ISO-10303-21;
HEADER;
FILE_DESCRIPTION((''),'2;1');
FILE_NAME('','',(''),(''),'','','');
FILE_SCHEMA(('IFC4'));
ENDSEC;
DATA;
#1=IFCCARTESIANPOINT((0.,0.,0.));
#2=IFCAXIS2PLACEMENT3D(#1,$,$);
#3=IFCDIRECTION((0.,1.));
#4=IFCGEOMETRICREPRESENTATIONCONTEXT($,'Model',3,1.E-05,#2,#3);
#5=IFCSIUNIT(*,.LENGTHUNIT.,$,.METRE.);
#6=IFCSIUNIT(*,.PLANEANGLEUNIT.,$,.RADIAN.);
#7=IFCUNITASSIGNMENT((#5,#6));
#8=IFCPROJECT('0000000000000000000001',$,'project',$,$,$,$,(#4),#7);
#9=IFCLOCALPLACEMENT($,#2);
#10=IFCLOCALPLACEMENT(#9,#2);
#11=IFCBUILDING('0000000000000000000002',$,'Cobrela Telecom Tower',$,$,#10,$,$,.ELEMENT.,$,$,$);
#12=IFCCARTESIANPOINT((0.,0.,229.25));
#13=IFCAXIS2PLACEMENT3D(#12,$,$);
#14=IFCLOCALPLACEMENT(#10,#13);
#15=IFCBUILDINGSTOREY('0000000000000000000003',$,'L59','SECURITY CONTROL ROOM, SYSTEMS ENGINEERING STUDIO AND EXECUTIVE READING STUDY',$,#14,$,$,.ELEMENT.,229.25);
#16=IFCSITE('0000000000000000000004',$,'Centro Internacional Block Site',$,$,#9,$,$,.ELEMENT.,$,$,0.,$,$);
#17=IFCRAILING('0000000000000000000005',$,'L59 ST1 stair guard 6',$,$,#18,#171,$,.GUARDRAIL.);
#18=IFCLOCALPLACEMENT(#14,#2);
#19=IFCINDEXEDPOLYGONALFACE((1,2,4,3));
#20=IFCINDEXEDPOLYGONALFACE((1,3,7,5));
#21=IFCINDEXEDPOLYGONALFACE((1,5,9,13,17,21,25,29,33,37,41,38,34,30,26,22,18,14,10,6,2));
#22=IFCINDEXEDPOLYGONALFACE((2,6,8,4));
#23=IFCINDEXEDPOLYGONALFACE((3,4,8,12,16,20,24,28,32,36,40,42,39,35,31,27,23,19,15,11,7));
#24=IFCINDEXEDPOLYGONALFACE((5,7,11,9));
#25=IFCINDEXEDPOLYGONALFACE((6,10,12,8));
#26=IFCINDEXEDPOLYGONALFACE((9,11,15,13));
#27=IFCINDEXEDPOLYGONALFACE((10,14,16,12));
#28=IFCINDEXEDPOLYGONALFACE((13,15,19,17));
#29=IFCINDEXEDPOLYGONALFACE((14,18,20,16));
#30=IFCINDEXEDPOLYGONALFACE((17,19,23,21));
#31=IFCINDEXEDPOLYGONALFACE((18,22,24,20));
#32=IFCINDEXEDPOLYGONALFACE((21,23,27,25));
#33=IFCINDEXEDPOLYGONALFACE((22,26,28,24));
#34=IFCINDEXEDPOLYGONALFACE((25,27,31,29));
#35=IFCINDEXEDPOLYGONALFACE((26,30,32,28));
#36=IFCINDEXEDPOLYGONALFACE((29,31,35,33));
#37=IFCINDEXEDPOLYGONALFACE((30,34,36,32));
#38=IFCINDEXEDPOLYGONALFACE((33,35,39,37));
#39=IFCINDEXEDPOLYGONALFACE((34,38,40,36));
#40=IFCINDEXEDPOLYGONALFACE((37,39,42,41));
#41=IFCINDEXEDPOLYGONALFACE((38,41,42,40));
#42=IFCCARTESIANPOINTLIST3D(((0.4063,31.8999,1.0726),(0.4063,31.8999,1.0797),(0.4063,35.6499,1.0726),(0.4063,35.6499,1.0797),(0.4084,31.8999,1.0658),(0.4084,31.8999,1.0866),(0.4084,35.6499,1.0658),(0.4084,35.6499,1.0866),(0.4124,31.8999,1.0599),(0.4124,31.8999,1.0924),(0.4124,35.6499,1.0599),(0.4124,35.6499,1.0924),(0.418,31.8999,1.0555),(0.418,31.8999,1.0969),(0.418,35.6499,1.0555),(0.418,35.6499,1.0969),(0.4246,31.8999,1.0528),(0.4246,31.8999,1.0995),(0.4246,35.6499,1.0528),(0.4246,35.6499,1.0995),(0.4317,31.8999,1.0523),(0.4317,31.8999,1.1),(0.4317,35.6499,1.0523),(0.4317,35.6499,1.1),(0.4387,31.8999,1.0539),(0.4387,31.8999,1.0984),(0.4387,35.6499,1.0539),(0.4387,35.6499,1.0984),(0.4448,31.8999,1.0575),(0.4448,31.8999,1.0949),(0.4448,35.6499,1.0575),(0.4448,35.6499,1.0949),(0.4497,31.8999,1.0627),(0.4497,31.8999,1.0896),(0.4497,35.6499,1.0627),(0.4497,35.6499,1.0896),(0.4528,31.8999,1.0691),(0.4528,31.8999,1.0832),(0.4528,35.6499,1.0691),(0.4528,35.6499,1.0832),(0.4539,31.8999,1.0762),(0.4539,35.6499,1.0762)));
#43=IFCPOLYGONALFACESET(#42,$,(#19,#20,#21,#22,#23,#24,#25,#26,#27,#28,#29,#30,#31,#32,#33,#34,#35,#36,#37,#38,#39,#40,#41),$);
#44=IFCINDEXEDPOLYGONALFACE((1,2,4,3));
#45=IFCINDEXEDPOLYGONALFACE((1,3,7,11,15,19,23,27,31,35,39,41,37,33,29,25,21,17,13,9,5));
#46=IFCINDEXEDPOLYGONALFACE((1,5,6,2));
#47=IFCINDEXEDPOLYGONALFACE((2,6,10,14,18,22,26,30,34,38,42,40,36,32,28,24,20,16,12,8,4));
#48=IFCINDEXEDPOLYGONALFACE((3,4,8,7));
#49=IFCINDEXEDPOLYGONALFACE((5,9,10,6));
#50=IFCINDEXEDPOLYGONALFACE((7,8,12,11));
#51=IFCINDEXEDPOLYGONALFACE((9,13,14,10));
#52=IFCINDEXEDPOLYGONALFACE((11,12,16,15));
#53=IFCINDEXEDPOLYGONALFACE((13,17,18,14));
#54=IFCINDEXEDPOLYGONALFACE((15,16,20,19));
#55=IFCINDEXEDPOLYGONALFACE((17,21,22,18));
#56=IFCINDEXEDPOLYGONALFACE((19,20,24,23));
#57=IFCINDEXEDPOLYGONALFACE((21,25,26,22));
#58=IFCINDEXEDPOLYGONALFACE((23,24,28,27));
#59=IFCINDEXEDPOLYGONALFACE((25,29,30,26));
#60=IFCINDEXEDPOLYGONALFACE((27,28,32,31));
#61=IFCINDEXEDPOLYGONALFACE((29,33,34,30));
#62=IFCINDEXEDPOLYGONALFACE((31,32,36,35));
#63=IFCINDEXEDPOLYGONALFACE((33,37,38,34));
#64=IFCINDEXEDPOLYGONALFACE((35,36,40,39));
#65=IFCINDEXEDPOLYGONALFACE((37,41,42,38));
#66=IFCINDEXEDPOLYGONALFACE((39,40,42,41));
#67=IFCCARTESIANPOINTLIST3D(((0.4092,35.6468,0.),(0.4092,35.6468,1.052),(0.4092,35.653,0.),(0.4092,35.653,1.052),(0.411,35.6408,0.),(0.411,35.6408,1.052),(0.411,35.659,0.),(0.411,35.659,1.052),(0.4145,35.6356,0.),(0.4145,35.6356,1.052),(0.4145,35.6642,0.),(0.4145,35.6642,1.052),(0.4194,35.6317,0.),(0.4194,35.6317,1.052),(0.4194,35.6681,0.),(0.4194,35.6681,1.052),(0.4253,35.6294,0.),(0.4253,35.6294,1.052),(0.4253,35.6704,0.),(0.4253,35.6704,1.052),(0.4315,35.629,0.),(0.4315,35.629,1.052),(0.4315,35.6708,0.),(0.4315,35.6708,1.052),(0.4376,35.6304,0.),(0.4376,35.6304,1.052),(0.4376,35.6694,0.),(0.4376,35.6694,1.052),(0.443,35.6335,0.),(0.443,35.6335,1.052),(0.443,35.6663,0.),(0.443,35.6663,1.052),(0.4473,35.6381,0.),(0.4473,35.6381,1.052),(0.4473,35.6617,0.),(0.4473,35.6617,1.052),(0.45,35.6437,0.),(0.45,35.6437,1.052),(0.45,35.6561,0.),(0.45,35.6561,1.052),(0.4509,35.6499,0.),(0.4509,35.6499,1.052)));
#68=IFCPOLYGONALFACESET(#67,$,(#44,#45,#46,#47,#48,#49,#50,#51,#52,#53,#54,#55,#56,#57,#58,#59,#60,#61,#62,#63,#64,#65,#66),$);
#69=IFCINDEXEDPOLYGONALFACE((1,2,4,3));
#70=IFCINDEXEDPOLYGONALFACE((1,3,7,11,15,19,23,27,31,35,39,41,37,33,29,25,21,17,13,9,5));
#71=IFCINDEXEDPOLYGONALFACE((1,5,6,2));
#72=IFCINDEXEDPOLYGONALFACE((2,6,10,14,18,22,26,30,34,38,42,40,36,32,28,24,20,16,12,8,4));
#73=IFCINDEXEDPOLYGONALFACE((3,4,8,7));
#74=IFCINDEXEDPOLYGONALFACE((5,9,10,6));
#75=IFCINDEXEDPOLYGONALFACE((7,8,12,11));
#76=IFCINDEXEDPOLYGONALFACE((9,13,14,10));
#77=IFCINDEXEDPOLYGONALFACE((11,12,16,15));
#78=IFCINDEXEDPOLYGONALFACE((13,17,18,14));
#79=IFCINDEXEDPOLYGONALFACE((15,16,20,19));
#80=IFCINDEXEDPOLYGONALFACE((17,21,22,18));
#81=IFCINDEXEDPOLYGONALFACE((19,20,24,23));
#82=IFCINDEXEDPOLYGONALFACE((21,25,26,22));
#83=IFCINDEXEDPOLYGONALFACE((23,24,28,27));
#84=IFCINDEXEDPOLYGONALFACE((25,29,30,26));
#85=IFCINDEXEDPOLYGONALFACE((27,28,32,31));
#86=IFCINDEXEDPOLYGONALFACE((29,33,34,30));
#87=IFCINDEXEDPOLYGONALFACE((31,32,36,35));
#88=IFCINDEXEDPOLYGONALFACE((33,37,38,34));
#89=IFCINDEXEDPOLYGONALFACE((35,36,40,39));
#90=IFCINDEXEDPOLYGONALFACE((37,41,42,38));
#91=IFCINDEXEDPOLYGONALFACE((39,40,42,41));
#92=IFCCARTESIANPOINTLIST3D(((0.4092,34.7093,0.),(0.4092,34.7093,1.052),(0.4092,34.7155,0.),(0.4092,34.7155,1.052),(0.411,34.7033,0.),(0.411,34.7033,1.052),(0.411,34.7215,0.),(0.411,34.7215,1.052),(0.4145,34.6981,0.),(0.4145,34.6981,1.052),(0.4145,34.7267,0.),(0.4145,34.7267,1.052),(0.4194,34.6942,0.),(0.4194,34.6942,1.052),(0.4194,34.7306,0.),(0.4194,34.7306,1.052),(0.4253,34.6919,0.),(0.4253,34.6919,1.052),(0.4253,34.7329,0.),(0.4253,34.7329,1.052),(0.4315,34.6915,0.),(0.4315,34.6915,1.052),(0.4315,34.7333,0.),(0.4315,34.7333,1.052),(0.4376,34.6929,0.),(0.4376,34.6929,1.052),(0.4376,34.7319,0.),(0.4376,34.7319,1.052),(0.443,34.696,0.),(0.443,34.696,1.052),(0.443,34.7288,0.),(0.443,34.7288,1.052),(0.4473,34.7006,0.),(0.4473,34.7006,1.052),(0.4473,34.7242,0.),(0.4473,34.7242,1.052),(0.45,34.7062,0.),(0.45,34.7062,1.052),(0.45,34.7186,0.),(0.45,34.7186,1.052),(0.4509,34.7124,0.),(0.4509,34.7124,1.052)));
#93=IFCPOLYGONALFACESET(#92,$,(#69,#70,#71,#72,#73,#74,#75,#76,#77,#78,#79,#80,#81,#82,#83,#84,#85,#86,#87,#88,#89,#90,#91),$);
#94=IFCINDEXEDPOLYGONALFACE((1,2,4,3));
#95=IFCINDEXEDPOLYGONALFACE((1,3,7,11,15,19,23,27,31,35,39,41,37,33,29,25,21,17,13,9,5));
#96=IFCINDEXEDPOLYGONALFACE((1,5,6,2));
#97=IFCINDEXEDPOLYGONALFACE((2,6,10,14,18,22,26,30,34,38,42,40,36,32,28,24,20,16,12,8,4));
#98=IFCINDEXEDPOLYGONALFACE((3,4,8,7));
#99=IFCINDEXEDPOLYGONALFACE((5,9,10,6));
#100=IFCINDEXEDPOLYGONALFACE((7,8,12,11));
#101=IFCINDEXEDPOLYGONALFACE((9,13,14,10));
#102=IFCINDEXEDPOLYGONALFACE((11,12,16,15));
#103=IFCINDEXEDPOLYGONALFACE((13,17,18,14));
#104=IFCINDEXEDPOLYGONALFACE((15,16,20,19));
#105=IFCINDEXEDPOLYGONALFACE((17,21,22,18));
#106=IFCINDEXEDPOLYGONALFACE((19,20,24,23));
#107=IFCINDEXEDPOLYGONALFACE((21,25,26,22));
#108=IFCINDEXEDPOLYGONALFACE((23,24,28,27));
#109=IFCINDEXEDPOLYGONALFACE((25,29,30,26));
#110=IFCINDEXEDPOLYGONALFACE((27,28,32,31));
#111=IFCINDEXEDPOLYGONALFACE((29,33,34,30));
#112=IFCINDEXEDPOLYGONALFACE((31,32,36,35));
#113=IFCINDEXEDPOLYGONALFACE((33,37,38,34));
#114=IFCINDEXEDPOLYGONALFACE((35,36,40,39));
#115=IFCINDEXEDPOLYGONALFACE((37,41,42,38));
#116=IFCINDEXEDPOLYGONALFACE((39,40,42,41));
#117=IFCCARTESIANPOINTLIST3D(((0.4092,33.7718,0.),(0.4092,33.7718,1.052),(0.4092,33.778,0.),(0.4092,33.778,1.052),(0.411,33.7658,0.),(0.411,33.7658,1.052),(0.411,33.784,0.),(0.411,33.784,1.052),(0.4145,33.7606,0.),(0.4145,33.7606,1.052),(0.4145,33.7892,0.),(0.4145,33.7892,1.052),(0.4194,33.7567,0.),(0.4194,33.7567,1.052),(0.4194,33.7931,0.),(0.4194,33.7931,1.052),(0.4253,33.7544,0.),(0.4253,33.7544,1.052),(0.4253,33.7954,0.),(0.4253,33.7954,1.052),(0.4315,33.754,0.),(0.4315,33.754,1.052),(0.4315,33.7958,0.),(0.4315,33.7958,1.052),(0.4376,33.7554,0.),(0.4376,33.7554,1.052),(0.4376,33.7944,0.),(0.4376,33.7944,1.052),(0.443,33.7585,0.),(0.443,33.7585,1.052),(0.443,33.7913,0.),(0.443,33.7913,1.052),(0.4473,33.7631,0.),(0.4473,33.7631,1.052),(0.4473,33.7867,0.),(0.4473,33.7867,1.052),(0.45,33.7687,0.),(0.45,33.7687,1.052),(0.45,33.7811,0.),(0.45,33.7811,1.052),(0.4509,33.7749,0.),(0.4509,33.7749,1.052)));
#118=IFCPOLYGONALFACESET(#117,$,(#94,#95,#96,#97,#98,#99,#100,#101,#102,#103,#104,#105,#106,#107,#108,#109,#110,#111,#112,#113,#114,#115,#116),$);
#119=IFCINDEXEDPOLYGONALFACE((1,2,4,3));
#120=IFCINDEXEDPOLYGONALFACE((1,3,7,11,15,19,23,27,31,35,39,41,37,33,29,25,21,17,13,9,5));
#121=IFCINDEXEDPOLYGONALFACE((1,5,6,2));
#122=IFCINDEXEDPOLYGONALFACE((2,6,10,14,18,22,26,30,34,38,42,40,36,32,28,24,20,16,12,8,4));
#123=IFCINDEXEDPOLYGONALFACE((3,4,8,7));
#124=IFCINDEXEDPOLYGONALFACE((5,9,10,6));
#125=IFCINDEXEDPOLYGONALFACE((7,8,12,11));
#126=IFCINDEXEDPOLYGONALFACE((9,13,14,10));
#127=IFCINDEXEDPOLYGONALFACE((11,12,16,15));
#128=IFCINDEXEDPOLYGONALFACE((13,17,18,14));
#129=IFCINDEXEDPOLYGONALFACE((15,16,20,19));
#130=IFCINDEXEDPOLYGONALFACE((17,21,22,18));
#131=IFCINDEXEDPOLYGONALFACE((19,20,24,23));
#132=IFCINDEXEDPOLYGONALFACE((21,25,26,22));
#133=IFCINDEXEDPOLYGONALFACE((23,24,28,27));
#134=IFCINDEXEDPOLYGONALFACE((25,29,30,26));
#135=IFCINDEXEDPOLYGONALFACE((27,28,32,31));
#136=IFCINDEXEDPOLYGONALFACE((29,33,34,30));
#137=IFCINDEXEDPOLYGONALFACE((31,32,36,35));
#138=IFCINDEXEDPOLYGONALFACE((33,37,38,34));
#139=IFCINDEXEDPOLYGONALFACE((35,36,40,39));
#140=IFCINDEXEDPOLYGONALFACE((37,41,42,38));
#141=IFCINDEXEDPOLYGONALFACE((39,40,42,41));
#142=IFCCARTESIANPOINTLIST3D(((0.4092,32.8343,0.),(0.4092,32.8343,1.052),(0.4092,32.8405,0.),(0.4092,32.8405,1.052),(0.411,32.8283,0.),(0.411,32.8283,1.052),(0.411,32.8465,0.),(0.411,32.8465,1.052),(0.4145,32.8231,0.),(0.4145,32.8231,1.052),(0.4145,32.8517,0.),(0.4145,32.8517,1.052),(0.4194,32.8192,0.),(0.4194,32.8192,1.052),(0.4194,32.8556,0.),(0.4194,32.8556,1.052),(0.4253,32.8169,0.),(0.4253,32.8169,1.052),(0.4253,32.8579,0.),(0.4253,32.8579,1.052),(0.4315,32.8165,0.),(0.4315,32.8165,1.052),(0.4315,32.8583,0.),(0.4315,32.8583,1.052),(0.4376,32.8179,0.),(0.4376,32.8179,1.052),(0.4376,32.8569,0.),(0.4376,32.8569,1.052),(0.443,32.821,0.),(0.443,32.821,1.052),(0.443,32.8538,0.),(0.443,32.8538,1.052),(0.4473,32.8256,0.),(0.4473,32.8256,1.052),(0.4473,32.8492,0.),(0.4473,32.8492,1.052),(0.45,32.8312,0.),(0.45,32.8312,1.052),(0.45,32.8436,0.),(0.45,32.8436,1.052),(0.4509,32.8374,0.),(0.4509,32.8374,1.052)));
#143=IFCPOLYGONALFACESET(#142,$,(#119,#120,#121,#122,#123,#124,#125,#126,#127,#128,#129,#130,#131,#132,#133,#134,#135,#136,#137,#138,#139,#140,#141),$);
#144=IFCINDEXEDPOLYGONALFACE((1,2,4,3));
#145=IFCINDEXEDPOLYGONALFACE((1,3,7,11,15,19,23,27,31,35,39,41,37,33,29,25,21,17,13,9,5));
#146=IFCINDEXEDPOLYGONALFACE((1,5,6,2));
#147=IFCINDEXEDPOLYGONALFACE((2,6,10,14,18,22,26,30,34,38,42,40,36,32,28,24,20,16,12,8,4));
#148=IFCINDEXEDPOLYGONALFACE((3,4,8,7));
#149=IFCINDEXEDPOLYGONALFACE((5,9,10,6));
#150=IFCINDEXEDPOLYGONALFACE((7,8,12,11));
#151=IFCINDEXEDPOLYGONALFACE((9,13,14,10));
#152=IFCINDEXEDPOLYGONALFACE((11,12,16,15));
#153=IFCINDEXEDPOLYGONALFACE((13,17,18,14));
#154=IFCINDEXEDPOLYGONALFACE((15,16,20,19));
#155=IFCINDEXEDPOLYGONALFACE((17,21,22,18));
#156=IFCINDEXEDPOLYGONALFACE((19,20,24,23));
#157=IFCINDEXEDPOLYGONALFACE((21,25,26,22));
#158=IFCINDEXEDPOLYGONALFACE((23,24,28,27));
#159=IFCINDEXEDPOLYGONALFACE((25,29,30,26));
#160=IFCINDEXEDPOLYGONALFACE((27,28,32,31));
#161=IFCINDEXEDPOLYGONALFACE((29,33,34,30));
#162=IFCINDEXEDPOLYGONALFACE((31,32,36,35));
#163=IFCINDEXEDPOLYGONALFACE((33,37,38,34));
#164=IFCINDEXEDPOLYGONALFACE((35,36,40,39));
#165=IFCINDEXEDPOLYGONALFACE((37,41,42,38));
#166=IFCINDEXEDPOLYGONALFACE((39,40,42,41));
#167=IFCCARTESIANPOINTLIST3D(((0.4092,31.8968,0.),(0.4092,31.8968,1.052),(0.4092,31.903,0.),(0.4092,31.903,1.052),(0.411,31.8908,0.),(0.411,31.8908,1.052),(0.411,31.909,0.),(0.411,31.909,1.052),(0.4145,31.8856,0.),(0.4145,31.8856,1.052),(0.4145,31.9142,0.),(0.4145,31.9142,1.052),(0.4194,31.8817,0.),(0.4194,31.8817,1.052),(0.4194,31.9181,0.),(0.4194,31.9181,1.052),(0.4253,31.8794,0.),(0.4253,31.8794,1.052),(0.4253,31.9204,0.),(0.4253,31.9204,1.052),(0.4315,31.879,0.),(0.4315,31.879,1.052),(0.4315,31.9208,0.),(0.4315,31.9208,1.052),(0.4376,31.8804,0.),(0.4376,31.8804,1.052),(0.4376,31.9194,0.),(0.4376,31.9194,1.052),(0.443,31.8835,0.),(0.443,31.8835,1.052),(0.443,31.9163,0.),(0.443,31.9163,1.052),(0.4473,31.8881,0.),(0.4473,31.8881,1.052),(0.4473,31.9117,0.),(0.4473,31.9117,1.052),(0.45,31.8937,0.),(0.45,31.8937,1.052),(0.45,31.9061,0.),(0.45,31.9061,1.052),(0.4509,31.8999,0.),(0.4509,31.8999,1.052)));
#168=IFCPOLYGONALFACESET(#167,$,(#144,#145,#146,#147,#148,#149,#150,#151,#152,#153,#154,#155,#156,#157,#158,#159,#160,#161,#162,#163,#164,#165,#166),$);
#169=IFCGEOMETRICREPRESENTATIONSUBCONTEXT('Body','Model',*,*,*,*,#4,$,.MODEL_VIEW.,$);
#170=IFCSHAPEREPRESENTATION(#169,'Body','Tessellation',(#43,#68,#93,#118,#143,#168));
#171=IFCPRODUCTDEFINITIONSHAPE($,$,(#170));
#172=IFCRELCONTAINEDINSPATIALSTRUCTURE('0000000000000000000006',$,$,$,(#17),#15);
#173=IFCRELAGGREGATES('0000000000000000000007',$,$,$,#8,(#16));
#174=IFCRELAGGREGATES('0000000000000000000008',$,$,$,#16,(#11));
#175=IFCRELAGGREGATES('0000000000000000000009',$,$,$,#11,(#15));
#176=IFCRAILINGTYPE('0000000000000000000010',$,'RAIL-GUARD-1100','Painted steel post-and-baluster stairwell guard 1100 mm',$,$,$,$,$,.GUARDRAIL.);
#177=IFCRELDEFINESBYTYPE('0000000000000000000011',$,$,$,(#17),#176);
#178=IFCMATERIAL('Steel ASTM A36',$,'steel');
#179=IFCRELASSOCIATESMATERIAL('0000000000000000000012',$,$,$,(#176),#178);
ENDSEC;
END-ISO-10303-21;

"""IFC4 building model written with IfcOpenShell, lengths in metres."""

from ifc_helpers import new_model, si_unit, direction, frame, origin, origin_2d, place, context, subcontext, project, spatial, circle, extrude, material, type_object, element, save


model = new_model("IFC4")

# Units and contexts
model_context = context("Model", 3, precision=1e-05, world=origin(), true_north=direction((0.0, 1.0)))
body_context = subcontext(model_context, "Body", "Model", "MODEL_VIEW")
ifc_project = project(units=[si_unit("LENGTHUNIT", "METRE"), si_unit("PLANEANGLEUNIT", "RADIAN")], contexts=[model_context])

# Site, building, storey
site_placement = place(None, origin())
site = spatial("IfcSite", under=ifc_project, at=site_placement, Name="Centro Internacional Block Site", CompositionType="ELEMENT", RefElevation=0.0)
building_placement = place(site_placement, origin())
building = spatial("IfcBuilding", under=site, at=building_placement, Name="Cobrela Telecom Tower", CompositionType="ELEMENT")
storey_placement = place(building_placement, frame((0.0, 0.0, 229.25)))
storey = spatial("IfcBuildingStorey", under=building, at=storey_placement, Name="L59", Description="SECURITY CONTROL ROOM, SYSTEMS ENGINEERING STUDIO AND EXECUTIVE READING STUDY", CompositionType="ELEMENT", Elevation=229.25)

# Railing
ifc_material_1 = material(Name="Steel ASTM A36", Category="steel")
railing_type = type_object("IfcRailingType", Name="RAIL-GUARD-1100", Description="Painted steel post-and-baluster stairwell guard 1100 mm", PredefinedType="GUARDRAIL", material=ifc_material_1)
railing_placement = place(storey_placement, frame((0.4299, 35.6499, 0.0)))
element("IfcRailing", 1, at=railing_placement, inside=storey, type_object=railing_type, Name="L59 ST1 stair guard 6", PredefinedType="GUARDRAIL", context=body_context, shape_type="SweptSolid", body=[
    extrude(circle(Radius=0.0239, at=origin_2d()), frame((0.0, 0.0, 1.0762), z_axis=(0.0, -1.0, 0.0), x_axis=(1.0, 0.0, 0.0)), (0.0, 0.0, 1.0), 3.75),
    extrude(circle(Radius=0.021, at=origin_2d()), origin(), (0.0, 0.0, 1.0), 1.052),
    extrude(circle(Radius=0.021, at=origin_2d()), frame((0.0, -0.9375, 0.0)), (0.0, 0.0, 1.0), 1.052),
    extrude(circle(Radius=0.021, at=origin_2d()), frame((0.0, -1.875, 0.0)), (0.0, 0.0, 1.0), 1.052),
    extrude(circle(Radius=0.021, at=origin_2d()), frame((0.0, -2.8125, 0.0)), (0.0, 0.0, 1.0), 1.052),
    extrude(circle(Radius=0.021, at=origin_2d()), frame((0.0, -3.75, 0.0)), (0.0, 0.0, 1.0), 1.052),
])

save(model, "model.ifc")
